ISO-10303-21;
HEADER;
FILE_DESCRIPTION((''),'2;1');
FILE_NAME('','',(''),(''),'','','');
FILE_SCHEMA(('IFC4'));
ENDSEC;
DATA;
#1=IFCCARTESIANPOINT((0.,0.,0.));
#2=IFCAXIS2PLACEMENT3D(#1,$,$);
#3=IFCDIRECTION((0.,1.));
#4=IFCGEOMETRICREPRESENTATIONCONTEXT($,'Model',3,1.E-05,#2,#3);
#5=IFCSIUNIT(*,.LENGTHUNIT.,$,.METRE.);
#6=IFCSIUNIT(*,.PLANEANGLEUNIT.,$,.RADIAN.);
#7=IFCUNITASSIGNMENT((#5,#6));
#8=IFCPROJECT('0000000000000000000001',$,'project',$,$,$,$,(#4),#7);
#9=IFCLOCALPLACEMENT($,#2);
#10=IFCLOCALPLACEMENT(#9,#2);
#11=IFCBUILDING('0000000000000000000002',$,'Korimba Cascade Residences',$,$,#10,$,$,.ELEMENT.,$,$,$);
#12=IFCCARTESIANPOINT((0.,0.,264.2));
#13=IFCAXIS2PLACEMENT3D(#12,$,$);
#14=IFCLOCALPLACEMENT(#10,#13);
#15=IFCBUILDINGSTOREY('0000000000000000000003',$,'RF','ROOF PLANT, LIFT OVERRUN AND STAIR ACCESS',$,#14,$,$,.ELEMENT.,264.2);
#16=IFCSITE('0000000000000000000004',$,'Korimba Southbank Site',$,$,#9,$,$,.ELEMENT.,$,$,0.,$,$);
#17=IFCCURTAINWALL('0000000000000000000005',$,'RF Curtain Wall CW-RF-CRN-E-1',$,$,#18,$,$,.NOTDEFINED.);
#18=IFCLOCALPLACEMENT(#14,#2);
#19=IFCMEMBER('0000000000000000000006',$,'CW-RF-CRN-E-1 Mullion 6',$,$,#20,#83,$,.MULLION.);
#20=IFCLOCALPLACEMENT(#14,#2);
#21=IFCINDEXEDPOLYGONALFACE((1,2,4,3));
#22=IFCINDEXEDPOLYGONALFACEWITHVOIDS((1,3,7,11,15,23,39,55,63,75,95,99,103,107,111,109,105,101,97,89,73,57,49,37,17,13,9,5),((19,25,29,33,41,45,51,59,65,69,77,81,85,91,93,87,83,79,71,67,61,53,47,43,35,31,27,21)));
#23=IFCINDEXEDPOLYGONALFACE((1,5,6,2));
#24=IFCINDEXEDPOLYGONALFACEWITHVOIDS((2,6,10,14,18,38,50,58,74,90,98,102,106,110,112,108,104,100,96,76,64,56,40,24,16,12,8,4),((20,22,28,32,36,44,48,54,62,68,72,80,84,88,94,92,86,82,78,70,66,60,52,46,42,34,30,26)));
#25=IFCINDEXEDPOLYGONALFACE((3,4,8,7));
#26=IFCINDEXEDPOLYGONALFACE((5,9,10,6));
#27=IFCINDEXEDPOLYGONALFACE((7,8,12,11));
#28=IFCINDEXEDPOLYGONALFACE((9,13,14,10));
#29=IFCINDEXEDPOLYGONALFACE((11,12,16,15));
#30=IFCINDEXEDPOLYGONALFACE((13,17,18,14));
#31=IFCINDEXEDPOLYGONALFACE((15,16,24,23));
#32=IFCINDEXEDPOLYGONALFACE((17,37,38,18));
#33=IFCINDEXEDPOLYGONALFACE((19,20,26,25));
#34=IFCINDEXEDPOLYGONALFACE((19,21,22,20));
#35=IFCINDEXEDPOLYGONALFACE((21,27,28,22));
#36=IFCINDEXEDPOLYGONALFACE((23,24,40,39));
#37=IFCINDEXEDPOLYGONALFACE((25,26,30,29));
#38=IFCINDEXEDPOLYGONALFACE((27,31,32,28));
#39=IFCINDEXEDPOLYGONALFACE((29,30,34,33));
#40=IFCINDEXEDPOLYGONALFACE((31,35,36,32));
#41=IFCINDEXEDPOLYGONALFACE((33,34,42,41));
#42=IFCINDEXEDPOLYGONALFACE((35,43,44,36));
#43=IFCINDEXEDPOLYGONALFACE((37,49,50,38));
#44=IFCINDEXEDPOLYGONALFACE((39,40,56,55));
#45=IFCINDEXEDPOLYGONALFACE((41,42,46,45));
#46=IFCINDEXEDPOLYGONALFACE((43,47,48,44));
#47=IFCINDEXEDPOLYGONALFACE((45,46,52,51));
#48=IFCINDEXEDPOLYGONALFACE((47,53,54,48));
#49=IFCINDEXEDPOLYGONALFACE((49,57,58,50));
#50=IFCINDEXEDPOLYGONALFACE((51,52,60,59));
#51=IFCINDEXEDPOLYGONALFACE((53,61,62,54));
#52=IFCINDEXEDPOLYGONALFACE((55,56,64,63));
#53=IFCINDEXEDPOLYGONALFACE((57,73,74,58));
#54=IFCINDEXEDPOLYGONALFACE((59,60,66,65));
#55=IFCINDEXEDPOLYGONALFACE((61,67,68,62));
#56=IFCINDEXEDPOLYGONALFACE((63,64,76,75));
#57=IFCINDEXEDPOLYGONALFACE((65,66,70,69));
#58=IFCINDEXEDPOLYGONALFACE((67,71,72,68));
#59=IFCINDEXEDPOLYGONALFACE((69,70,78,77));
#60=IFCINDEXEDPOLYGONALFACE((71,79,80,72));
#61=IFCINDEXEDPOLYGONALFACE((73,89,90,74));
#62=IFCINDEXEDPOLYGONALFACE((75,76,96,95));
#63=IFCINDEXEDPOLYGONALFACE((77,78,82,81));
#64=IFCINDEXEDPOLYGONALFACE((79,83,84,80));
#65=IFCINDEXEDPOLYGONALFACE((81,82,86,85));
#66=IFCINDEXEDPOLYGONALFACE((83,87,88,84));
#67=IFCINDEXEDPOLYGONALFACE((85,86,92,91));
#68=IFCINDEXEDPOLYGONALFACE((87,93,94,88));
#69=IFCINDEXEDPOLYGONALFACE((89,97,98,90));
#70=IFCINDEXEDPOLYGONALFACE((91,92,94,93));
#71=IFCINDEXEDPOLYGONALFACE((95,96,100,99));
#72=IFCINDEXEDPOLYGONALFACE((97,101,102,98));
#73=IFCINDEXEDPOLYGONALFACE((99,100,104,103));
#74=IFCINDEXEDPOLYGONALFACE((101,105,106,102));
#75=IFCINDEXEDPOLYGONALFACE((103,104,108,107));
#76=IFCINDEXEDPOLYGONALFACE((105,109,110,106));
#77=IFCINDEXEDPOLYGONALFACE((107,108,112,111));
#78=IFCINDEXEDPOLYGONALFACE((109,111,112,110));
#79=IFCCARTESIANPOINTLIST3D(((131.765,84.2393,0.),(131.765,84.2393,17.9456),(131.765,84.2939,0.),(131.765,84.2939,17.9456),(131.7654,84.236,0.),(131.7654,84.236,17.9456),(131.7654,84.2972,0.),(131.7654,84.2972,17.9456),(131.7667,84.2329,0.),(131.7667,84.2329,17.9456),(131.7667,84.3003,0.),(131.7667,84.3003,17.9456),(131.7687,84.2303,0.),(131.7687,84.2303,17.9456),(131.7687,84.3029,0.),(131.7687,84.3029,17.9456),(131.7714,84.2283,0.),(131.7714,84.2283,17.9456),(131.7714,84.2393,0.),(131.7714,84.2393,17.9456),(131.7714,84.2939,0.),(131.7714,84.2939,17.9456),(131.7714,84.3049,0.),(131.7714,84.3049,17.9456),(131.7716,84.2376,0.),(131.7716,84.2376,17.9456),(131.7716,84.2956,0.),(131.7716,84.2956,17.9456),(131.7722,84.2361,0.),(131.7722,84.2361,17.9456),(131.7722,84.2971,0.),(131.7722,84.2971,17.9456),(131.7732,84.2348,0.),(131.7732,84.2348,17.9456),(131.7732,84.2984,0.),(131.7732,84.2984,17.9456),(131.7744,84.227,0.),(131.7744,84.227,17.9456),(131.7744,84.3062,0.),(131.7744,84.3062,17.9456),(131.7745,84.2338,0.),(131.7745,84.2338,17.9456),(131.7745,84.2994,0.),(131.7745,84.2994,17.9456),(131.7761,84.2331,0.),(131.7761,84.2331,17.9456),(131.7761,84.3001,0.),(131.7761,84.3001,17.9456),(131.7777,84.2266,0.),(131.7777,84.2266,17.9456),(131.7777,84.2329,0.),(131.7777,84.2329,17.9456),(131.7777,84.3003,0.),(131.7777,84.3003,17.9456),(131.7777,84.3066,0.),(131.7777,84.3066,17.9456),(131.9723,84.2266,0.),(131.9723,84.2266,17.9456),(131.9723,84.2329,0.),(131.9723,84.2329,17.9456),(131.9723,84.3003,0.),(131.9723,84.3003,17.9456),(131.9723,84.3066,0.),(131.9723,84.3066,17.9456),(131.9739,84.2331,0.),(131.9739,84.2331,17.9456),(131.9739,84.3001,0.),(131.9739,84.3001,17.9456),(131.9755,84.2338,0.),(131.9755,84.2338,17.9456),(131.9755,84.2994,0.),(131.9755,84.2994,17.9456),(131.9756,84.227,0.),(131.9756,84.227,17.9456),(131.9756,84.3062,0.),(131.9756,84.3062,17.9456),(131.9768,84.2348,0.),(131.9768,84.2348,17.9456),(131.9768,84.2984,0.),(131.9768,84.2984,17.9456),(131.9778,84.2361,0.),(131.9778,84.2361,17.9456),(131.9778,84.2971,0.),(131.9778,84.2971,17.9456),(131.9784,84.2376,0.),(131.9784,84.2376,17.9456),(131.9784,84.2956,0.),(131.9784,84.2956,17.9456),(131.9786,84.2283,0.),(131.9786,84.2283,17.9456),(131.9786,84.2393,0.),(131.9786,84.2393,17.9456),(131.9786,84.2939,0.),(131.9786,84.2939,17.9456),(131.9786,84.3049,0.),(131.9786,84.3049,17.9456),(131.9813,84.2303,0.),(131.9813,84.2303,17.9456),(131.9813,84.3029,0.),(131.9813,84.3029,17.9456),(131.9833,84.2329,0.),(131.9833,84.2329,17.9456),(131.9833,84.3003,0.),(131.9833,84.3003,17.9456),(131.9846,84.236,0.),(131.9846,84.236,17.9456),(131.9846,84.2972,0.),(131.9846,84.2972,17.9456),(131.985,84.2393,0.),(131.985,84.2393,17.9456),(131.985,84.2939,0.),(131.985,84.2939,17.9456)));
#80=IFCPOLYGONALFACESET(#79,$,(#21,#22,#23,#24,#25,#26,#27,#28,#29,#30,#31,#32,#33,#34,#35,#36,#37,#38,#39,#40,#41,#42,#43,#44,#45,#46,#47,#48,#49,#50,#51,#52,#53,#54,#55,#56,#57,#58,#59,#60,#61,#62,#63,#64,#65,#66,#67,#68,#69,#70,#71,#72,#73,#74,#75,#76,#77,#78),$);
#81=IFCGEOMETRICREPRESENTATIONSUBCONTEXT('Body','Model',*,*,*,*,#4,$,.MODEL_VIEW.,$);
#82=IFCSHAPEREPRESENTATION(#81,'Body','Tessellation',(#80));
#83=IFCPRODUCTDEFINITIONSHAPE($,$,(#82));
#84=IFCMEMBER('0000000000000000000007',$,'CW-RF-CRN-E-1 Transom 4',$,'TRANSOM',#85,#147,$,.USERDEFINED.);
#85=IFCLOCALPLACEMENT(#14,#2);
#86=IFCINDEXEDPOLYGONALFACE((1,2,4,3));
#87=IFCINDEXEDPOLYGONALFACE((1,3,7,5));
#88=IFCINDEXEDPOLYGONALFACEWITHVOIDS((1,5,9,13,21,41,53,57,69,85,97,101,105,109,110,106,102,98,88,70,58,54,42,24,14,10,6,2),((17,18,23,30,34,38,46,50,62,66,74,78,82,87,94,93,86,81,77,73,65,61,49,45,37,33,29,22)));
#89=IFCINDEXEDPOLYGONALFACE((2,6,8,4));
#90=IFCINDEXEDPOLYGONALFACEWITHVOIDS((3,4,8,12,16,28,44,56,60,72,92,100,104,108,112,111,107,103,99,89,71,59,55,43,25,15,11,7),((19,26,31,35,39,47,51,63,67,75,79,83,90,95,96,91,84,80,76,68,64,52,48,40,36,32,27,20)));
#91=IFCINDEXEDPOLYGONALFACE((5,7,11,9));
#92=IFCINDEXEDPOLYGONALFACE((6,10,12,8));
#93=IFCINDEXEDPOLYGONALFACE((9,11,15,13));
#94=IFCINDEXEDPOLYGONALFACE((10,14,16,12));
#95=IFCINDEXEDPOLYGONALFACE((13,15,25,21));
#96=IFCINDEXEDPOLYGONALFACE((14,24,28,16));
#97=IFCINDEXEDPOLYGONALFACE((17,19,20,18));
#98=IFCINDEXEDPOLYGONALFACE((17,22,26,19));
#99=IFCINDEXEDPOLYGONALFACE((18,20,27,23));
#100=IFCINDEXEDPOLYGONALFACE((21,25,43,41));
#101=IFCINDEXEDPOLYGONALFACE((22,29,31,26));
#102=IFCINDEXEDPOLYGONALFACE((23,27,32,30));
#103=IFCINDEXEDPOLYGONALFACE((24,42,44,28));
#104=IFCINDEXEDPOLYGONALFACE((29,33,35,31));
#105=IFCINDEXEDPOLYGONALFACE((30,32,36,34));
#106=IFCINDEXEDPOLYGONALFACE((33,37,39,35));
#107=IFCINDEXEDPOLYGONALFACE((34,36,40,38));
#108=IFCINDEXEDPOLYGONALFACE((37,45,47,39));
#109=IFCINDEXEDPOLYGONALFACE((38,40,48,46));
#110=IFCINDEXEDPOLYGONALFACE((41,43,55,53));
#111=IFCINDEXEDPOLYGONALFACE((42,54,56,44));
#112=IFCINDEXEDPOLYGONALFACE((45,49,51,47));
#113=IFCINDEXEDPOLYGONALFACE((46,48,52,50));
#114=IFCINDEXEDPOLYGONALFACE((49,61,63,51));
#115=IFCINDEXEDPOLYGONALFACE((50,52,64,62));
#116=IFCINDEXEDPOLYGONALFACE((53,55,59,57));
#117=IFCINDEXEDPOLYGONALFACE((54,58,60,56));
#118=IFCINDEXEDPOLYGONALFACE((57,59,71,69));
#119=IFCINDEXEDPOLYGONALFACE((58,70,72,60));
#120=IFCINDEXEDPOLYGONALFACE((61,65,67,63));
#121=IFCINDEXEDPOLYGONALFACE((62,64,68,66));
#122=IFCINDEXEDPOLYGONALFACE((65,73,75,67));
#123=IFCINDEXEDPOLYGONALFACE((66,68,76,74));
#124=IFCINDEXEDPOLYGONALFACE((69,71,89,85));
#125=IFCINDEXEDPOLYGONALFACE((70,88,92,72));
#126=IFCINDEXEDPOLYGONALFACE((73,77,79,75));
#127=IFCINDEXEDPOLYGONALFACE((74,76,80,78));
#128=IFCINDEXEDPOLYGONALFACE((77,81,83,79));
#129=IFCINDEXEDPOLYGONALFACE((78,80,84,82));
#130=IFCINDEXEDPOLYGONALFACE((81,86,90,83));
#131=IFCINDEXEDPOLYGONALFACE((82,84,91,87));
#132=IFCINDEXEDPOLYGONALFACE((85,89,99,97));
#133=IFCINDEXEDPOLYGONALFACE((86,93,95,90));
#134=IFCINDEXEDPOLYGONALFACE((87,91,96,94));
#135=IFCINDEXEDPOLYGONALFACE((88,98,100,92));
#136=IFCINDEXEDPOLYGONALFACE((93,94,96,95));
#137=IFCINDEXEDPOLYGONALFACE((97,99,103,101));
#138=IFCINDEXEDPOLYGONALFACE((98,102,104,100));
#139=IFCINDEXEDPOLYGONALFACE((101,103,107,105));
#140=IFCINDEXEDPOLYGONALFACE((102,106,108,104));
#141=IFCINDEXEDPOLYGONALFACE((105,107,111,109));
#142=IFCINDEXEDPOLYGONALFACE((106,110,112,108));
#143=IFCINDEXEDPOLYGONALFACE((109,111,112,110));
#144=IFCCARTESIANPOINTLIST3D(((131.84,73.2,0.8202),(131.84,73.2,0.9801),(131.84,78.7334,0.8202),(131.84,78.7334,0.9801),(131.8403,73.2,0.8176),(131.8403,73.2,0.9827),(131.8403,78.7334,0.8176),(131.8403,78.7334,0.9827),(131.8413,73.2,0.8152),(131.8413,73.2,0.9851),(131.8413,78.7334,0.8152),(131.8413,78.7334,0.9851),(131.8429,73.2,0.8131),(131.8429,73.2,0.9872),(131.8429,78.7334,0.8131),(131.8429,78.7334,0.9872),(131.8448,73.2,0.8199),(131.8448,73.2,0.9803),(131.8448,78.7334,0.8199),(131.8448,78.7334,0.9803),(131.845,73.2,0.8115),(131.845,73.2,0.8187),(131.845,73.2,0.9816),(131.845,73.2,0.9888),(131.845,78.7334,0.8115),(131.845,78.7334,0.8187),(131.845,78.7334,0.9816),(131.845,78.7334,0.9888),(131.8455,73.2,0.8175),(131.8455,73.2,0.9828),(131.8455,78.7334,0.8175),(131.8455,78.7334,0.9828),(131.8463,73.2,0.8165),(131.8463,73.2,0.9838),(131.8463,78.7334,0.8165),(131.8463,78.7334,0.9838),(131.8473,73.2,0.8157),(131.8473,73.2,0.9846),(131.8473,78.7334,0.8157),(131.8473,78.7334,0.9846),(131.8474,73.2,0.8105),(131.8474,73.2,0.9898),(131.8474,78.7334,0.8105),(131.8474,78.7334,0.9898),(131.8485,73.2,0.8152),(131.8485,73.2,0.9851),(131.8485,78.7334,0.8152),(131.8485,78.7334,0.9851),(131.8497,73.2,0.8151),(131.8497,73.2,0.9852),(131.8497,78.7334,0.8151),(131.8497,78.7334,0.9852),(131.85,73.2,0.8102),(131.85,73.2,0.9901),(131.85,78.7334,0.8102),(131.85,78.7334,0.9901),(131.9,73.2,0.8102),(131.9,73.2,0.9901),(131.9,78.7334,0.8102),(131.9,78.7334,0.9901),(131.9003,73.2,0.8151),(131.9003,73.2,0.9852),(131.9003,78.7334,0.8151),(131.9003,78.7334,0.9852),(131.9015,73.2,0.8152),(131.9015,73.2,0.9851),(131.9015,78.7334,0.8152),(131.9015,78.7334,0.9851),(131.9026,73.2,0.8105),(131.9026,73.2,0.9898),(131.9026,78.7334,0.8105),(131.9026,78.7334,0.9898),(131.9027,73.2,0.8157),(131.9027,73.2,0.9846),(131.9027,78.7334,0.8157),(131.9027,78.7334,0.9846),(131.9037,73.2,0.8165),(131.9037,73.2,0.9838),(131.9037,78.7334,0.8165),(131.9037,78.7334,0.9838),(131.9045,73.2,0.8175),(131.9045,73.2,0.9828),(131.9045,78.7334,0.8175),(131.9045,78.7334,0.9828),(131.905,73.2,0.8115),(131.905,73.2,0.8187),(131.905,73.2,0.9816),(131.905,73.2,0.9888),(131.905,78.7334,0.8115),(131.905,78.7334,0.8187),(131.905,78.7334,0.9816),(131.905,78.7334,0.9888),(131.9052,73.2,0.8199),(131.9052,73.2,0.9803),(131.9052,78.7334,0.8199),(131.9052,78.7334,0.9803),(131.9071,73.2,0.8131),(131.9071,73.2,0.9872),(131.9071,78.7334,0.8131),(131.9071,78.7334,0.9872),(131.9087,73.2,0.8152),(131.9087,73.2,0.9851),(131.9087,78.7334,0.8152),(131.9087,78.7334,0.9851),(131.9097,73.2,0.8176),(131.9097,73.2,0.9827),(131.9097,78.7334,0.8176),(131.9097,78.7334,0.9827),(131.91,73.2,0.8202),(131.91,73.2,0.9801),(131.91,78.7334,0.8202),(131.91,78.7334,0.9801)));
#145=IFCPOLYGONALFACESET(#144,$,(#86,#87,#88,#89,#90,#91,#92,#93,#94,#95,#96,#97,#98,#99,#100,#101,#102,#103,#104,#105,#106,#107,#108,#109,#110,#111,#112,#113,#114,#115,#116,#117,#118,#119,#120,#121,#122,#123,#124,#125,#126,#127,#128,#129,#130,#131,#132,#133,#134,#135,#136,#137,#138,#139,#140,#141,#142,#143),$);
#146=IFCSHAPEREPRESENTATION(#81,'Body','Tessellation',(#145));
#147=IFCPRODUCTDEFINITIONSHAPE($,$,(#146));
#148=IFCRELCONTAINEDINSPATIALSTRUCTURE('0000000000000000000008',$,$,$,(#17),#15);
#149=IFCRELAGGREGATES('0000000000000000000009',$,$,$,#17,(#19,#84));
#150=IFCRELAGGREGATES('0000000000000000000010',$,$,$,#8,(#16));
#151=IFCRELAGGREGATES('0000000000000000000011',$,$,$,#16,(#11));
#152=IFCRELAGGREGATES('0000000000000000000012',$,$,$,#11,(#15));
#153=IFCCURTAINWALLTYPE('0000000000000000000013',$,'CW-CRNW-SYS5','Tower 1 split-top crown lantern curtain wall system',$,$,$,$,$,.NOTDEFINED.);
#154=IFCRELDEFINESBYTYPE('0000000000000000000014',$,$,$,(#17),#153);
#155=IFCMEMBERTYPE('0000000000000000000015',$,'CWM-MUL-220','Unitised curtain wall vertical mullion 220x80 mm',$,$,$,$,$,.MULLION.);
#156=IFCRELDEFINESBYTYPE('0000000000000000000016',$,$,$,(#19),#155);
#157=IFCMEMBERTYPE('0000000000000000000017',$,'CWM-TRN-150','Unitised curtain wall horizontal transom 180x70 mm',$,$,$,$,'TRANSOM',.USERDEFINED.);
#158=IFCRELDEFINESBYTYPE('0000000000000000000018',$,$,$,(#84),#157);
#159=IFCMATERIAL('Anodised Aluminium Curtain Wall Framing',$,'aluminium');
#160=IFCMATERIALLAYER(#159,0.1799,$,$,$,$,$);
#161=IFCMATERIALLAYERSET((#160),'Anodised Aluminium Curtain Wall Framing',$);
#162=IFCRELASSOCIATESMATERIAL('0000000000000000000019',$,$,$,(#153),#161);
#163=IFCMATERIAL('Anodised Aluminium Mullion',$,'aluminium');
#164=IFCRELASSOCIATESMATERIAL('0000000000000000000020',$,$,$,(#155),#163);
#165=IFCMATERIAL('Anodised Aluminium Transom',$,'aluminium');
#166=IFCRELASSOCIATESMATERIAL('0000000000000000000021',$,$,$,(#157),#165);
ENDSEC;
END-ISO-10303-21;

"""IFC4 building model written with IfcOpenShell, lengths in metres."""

from ifc_helpers import new_model, si_unit, direction, frame, origin, origin_2d, place, context, subcontext, project, spatial, hollow_rectangle, extrude, material, layer, layer_set, material_profile, profile_set, type_object, element, aggregate, save


model = new_model("IFC4")

# Units and contexts
model_context = context("Model", 3, precision=1e-05, world=origin(), true_north=direction((0.0, 1.0)))
body_context = subcontext(model_context, "Body", "Model", "MODEL_VIEW")
ifc_project = project(units=[si_unit("LENGTHUNIT", "METRE"), si_unit("PLANEANGLEUNIT", "RADIAN")], contexts=[model_context])

# Site, building, storey
site_placement = place(None, origin())
site = spatial("IfcSite", under=ifc_project, at=site_placement, Name="Korimba Southbank Site", CompositionType="ELEMENT", RefElevation=0.0)
building_placement = place(site_placement, origin())
building = spatial("IfcBuilding", under=site, at=building_placement, Name="Korimba Cascade Residences", CompositionType="ELEMENT")
storey_placement = place(building_placement, frame((0.0, 0.0, 264.2)))
storey = spatial("IfcBuildingStorey", under=building, at=storey_placement, Name="RF", Description="ROOF PLANT, LIFT OVERRUN AND STAIR ACCESS", CompositionType="ELEMENT", Elevation=264.2)

# Curtain wall, members
ifc_material_1 = material(Name="Anodised Aluminium Curtain Wall Framing", Category="aluminium")
ifc_layer_1 = layer(ifc_material_1, 0.1799)
ifc_layer_set_1 = layer_set([ifc_layer_1], Name="Anodised Aluminium Curtain Wall Framing")
curtain_wall_type = type_object("IfcCurtainWallType", Name="CW-CRNW-SYS5", Description="Tower 1 split-top crown lantern curtain wall system", PredefinedType="NOTDEFINED", material=ifc_layer_set_1)
curtain_wall_placement = place(storey_placement, origin())
curtain_wall = element("IfcCurtainWall", 1, at=curtain_wall_placement, inside=storey, type_object=curtain_wall_type, Name="RF Curtain Wall CW-RF-CRN-E-1", PredefinedType="NOTDEFINED")
ifc_material_2 = material(Name="Anodised Aluminium Mullion", Category="aluminium")
ifc_material_profile_1 = material_profile(ifc_material_2, hollow_rectangle(XDim=0.0801, YDim=0.22, WallThickness=0.0063, InnerFilletRadius=0.0063, OuterFilletRadius=0.0127, at=origin_2d()), Name="Anodised Aluminium Mullion")
ifc_profile_set_1 = profile_set([ifc_material_profile_1], Name="Anodised Aluminium Mullion")
member_type_1 = type_object("IfcMemberType", Name="CWM-MUL-220", Description="Unitised curtain wall vertical mullion 220x80 mm", PredefinedType="MULLION", material=ifc_profile_set_1)
member_1_placement = place(storey_placement, frame((131.875, 84.2666, 0.0), z_axis=(0.0, 0.0, 1.0), x_axis=(0.0, 1.0, 0.0)))
member_1 = element("IfcMember", 2, at=member_1_placement, type_object=member_type_1, Name="CW-RF-CRN-E-1 Mullion 6", PredefinedType="MULLION", context=body_context, shape_type="SweptSolid", body=[
    extrude(hollow_rectangle(XDim=0.0801, YDim=0.22, WallThickness=0.0063, InnerFilletRadius=0.0063, OuterFilletRadius=0.0127, at=origin_2d()), origin(), (0.0, 0.0, 1.0), 17.9456),
])
ifc_material_3 = material(Name="Anodised Aluminium Transom", Category="aluminium")
ifc_material_profile_2 = material_profile(ifc_material_3, hollow_rectangle(XDim=0.0701, YDim=0.1799, WallThickness=0.0049, InnerFilletRadius=0.0049, OuterFilletRadius=0.01, at=origin_2d()), Name="Anodised Aluminium Transom")
ifc_profile_set_2 = profile_set([ifc_material_profile_2], Name="Anodised Aluminium Transom")
member_type_2 = type_object("IfcMemberType", Name="CWM-TRN-150", Description="Unitised curtain wall horizontal transom 180x70 mm", ElementType="TRANSOM", PredefinedType="USERDEFINED", material=ifc_profile_set_2)
member_2_placement = place(storey_placement, frame((131.875, 73.2, 0.9001), z_axis=(0.0, 1.0, 0.0), x_axis=(-1.0, 0.0, 0.0)))
member_2 = element("IfcMember", 3, at=member_2_placement, type_object=member_type_2, Name="CW-RF-CRN-E-1 Transom 4", ObjectType="TRANSOM", PredefinedType="USERDEFINED", context=body_context, shape_type="SweptSolid", body=[
    extrude(hollow_rectangle(XDim=0.0701, YDim=0.1799, WallThickness=0.0049, InnerFilletRadius=0.0049, OuterFilletRadius=0.01, at=origin_2d()), origin(), (0.0, 0.0, 1.0), 5.5334),
])
aggregate(curtain_wall, [member_1, member_2])

save(model, "model.ifc")
